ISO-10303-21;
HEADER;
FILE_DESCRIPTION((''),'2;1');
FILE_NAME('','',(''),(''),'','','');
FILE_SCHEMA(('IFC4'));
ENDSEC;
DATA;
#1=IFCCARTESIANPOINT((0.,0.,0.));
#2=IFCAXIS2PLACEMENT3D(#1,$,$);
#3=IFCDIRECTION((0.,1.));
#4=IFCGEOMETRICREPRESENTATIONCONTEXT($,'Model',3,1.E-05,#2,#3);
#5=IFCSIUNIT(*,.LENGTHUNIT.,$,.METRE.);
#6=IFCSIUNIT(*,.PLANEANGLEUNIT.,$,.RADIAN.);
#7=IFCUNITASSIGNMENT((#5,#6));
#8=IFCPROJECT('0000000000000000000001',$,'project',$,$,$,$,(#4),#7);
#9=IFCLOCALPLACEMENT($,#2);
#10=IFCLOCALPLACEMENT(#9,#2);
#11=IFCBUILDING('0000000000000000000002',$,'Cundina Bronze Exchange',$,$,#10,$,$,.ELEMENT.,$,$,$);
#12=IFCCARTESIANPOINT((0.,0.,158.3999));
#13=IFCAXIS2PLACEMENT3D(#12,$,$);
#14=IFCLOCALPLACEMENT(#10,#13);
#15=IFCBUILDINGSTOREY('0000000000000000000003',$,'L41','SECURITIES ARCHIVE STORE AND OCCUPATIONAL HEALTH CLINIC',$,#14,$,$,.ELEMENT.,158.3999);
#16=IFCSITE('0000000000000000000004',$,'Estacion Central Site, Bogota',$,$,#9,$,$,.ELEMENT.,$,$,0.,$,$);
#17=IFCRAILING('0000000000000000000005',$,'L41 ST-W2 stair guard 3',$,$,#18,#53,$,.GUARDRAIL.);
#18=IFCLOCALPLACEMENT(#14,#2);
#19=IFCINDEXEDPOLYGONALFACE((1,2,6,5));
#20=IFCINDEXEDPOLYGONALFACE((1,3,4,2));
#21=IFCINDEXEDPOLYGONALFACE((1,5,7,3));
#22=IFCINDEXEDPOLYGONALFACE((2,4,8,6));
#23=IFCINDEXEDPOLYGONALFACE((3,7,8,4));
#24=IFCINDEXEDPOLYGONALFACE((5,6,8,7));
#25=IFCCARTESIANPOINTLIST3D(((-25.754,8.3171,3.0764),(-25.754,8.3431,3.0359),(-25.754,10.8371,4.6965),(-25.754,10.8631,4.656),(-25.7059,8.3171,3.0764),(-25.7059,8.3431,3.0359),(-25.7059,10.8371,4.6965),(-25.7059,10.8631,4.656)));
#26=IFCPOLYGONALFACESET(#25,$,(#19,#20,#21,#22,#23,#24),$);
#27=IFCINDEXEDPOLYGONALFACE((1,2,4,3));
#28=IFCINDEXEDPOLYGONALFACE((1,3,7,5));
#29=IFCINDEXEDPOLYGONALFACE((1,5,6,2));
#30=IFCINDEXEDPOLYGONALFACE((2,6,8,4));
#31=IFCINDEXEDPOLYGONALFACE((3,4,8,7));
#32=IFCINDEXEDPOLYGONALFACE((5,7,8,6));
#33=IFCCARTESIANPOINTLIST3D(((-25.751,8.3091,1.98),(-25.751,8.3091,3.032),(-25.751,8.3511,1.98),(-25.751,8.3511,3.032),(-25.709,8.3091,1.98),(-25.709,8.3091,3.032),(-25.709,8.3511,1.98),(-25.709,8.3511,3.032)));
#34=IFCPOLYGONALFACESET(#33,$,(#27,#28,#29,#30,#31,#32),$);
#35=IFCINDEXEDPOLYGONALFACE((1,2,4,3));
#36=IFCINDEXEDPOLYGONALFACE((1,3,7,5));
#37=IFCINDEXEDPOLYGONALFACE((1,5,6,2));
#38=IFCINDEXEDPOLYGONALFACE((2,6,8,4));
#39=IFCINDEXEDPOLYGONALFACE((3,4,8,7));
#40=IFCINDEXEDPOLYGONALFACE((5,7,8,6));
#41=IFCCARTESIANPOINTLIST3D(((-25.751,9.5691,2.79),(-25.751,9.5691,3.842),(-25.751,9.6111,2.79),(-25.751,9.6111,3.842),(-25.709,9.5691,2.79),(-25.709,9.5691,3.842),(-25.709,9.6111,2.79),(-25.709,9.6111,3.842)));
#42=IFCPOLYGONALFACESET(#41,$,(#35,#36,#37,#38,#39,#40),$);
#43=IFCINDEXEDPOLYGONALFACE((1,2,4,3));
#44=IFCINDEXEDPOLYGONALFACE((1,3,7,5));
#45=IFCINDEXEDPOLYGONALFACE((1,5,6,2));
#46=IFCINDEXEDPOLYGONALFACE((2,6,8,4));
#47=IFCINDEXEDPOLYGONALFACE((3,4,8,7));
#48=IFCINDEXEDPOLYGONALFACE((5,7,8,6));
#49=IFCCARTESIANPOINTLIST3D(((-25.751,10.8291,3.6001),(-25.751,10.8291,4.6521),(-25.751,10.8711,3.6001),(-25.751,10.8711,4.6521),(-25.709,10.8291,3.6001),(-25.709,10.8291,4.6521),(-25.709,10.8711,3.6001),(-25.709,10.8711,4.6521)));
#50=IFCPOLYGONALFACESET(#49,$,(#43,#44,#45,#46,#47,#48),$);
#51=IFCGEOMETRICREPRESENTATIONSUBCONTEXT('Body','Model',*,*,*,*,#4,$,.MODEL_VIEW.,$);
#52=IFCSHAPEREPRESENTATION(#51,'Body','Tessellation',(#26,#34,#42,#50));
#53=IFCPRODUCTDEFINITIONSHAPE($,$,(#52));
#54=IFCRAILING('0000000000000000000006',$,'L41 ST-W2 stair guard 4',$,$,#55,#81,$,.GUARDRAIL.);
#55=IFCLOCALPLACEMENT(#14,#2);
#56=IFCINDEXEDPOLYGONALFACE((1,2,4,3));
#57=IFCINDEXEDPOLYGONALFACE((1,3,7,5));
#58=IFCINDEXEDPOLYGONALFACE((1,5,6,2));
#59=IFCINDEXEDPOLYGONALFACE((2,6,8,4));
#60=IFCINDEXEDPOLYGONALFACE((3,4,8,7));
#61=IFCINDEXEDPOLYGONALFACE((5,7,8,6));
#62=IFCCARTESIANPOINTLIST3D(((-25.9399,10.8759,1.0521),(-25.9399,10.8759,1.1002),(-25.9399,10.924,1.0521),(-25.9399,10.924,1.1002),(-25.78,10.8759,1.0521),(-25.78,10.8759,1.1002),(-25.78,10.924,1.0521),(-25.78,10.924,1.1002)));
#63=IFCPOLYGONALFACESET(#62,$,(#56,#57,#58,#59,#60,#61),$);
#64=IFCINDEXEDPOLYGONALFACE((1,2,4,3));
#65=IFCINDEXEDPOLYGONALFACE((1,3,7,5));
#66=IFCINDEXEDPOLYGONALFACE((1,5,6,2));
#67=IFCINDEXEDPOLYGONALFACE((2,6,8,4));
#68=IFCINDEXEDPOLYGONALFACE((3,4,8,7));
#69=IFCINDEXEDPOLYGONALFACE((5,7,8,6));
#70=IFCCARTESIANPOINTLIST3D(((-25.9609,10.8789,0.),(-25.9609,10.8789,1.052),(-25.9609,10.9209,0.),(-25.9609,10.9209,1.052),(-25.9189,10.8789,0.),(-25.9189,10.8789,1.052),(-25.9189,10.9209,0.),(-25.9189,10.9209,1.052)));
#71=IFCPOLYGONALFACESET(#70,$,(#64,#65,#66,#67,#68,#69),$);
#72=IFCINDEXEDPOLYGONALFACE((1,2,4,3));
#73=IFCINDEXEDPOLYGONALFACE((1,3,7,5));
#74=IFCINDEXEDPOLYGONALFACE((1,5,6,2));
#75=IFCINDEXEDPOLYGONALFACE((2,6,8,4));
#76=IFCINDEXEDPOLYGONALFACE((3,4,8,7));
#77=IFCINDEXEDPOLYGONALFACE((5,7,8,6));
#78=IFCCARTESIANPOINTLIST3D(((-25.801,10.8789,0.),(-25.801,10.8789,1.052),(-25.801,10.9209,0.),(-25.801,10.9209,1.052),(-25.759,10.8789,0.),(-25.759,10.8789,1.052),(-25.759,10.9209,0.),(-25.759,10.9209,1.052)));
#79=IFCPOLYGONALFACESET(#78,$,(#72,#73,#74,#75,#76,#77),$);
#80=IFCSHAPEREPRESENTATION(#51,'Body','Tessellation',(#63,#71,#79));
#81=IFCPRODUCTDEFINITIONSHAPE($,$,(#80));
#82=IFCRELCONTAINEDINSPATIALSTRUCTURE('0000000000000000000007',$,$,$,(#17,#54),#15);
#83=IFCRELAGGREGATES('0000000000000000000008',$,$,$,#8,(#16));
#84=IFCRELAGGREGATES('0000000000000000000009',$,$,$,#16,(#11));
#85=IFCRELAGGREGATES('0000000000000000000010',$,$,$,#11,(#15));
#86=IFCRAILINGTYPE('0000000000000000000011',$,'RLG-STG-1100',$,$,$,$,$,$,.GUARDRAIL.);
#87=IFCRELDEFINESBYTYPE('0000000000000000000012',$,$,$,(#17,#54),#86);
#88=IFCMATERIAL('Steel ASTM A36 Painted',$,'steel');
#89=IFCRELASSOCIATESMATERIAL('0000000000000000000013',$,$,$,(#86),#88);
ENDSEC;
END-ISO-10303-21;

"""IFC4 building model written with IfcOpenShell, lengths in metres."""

from ifc_helpers import new_model, si_unit, direction, frame, origin, origin_2d, place, context, subcontext, project, spatial, rectangle, extrude, material, type_object, element, save


model = new_model("IFC4")

# Units and contexts
model_context = context("Model", 3, precision=1e-05, world=origin(), true_north=direction((0.0, 1.0)))
body_context = subcontext(model_context, "Body", "Model", "MODEL_VIEW")
ifc_project = project(units=[si_unit("LENGTHUNIT", "METRE"), si_unit("PLANEANGLEUNIT", "RADIAN")], contexts=[model_context])

# Site, building, storey
site_placement = place(None, origin())
site = spatial("IfcSite", under=ifc_project, at=site_placement, Name="Estacion Central Site, Bogota", CompositionType="ELEMENT", RefElevation=0.0)
building_placement = place(site_placement, origin())
building = spatial("IfcBuilding", under=site, at=building_placement, Name="Cundina Bronze Exchange", CompositionType="ELEMENT")
storey_placement = place(building_placement, frame((0.0, 0.0, 158.3999)))
storey = spatial("IfcBuildingStorey", under=building, at=storey_placement, Name="L41", Description="SECURITIES ARCHIVE STORE AND OCCUPATIONAL HEALTH CLINIC", CompositionType="ELEMENT", Elevation=158.3999)

# Shared definitions
ifc_material_1 = material(Name="Steel ASTM A36 Painted", Category="steel")

# Railings
railing_type_1 = type_object("IfcRailingType", Name="RLG-STG-1100", PredefinedType="GUARDRAIL", material=ifc_material_1)
railing_1_placement = place(storey_placement, frame((-25.73, 8.3301, 1.98)))
element("IfcRailing", 1, at=railing_1_placement, inside=storey, type_object=railing_type_1, Name="L41 ST-W2 stair guard 3", PredefinedType="GUARDRAIL", context=body_context, shape_type="SweptSolid", body=[
    extrude(rectangle(XDim=0.0481, YDim=0.0481, at=origin_2d()), frame((0.0, 0.0, 1.0762), z_axis=(0.0, 0.841163, 0.540782), x_axis=(-1.0, 0.0, 0.0)), (0.0, 0.0, 1.0), 2.9958),
    extrude(rectangle(XDim=0.042, YDim=0.042, at=origin_2d()), origin(), (0.0, 0.0, 1.0), 1.052),
    extrude(rectangle(XDim=0.042, YDim=0.042, at=origin_2d()), frame((0.0, 1.26, 0.8101)), (0.0, 0.0, 1.0), 1.052),
    extrude(rectangle(XDim=0.042, YDim=0.042, at=origin_2d()), frame((0.0, 2.52, 1.6201)), (0.0, 0.0, 1.0), 1.052),
])
railing_2_placement = place(storey_placement, frame((-25.9399, 10.8999, 0.0)))
element("IfcRailing", 2, at=railing_2_placement, inside=storey, type_object=railing_type_1, Name="L41 ST-W2 stair guard 4", PredefinedType="GUARDRAIL", context=body_context, shape_type="SweptSolid", body=[
    extrude(rectangle(XDim=0.0481, YDim=0.0481, at=origin_2d()), frame((0.0, 0.0, 1.0762), z_axis=(1.0, 0.0, 0.0), x_axis=(0.0, 1.0, 0.0)), (0.0, 0.0, 1.0), 0.1599),
    extrude(rectangle(XDim=0.042, YDim=0.042, at=origin_2d()), origin(), (0.0, 0.0, 1.0), 1.052),
    extrude(rectangle(XDim=0.042, YDim=0.042, at=origin_2d()), frame((0.1599, 0.0, 0.0)), (0.0, 0.0, 1.0), 1.052),
])

save(model, "model.ifc")
